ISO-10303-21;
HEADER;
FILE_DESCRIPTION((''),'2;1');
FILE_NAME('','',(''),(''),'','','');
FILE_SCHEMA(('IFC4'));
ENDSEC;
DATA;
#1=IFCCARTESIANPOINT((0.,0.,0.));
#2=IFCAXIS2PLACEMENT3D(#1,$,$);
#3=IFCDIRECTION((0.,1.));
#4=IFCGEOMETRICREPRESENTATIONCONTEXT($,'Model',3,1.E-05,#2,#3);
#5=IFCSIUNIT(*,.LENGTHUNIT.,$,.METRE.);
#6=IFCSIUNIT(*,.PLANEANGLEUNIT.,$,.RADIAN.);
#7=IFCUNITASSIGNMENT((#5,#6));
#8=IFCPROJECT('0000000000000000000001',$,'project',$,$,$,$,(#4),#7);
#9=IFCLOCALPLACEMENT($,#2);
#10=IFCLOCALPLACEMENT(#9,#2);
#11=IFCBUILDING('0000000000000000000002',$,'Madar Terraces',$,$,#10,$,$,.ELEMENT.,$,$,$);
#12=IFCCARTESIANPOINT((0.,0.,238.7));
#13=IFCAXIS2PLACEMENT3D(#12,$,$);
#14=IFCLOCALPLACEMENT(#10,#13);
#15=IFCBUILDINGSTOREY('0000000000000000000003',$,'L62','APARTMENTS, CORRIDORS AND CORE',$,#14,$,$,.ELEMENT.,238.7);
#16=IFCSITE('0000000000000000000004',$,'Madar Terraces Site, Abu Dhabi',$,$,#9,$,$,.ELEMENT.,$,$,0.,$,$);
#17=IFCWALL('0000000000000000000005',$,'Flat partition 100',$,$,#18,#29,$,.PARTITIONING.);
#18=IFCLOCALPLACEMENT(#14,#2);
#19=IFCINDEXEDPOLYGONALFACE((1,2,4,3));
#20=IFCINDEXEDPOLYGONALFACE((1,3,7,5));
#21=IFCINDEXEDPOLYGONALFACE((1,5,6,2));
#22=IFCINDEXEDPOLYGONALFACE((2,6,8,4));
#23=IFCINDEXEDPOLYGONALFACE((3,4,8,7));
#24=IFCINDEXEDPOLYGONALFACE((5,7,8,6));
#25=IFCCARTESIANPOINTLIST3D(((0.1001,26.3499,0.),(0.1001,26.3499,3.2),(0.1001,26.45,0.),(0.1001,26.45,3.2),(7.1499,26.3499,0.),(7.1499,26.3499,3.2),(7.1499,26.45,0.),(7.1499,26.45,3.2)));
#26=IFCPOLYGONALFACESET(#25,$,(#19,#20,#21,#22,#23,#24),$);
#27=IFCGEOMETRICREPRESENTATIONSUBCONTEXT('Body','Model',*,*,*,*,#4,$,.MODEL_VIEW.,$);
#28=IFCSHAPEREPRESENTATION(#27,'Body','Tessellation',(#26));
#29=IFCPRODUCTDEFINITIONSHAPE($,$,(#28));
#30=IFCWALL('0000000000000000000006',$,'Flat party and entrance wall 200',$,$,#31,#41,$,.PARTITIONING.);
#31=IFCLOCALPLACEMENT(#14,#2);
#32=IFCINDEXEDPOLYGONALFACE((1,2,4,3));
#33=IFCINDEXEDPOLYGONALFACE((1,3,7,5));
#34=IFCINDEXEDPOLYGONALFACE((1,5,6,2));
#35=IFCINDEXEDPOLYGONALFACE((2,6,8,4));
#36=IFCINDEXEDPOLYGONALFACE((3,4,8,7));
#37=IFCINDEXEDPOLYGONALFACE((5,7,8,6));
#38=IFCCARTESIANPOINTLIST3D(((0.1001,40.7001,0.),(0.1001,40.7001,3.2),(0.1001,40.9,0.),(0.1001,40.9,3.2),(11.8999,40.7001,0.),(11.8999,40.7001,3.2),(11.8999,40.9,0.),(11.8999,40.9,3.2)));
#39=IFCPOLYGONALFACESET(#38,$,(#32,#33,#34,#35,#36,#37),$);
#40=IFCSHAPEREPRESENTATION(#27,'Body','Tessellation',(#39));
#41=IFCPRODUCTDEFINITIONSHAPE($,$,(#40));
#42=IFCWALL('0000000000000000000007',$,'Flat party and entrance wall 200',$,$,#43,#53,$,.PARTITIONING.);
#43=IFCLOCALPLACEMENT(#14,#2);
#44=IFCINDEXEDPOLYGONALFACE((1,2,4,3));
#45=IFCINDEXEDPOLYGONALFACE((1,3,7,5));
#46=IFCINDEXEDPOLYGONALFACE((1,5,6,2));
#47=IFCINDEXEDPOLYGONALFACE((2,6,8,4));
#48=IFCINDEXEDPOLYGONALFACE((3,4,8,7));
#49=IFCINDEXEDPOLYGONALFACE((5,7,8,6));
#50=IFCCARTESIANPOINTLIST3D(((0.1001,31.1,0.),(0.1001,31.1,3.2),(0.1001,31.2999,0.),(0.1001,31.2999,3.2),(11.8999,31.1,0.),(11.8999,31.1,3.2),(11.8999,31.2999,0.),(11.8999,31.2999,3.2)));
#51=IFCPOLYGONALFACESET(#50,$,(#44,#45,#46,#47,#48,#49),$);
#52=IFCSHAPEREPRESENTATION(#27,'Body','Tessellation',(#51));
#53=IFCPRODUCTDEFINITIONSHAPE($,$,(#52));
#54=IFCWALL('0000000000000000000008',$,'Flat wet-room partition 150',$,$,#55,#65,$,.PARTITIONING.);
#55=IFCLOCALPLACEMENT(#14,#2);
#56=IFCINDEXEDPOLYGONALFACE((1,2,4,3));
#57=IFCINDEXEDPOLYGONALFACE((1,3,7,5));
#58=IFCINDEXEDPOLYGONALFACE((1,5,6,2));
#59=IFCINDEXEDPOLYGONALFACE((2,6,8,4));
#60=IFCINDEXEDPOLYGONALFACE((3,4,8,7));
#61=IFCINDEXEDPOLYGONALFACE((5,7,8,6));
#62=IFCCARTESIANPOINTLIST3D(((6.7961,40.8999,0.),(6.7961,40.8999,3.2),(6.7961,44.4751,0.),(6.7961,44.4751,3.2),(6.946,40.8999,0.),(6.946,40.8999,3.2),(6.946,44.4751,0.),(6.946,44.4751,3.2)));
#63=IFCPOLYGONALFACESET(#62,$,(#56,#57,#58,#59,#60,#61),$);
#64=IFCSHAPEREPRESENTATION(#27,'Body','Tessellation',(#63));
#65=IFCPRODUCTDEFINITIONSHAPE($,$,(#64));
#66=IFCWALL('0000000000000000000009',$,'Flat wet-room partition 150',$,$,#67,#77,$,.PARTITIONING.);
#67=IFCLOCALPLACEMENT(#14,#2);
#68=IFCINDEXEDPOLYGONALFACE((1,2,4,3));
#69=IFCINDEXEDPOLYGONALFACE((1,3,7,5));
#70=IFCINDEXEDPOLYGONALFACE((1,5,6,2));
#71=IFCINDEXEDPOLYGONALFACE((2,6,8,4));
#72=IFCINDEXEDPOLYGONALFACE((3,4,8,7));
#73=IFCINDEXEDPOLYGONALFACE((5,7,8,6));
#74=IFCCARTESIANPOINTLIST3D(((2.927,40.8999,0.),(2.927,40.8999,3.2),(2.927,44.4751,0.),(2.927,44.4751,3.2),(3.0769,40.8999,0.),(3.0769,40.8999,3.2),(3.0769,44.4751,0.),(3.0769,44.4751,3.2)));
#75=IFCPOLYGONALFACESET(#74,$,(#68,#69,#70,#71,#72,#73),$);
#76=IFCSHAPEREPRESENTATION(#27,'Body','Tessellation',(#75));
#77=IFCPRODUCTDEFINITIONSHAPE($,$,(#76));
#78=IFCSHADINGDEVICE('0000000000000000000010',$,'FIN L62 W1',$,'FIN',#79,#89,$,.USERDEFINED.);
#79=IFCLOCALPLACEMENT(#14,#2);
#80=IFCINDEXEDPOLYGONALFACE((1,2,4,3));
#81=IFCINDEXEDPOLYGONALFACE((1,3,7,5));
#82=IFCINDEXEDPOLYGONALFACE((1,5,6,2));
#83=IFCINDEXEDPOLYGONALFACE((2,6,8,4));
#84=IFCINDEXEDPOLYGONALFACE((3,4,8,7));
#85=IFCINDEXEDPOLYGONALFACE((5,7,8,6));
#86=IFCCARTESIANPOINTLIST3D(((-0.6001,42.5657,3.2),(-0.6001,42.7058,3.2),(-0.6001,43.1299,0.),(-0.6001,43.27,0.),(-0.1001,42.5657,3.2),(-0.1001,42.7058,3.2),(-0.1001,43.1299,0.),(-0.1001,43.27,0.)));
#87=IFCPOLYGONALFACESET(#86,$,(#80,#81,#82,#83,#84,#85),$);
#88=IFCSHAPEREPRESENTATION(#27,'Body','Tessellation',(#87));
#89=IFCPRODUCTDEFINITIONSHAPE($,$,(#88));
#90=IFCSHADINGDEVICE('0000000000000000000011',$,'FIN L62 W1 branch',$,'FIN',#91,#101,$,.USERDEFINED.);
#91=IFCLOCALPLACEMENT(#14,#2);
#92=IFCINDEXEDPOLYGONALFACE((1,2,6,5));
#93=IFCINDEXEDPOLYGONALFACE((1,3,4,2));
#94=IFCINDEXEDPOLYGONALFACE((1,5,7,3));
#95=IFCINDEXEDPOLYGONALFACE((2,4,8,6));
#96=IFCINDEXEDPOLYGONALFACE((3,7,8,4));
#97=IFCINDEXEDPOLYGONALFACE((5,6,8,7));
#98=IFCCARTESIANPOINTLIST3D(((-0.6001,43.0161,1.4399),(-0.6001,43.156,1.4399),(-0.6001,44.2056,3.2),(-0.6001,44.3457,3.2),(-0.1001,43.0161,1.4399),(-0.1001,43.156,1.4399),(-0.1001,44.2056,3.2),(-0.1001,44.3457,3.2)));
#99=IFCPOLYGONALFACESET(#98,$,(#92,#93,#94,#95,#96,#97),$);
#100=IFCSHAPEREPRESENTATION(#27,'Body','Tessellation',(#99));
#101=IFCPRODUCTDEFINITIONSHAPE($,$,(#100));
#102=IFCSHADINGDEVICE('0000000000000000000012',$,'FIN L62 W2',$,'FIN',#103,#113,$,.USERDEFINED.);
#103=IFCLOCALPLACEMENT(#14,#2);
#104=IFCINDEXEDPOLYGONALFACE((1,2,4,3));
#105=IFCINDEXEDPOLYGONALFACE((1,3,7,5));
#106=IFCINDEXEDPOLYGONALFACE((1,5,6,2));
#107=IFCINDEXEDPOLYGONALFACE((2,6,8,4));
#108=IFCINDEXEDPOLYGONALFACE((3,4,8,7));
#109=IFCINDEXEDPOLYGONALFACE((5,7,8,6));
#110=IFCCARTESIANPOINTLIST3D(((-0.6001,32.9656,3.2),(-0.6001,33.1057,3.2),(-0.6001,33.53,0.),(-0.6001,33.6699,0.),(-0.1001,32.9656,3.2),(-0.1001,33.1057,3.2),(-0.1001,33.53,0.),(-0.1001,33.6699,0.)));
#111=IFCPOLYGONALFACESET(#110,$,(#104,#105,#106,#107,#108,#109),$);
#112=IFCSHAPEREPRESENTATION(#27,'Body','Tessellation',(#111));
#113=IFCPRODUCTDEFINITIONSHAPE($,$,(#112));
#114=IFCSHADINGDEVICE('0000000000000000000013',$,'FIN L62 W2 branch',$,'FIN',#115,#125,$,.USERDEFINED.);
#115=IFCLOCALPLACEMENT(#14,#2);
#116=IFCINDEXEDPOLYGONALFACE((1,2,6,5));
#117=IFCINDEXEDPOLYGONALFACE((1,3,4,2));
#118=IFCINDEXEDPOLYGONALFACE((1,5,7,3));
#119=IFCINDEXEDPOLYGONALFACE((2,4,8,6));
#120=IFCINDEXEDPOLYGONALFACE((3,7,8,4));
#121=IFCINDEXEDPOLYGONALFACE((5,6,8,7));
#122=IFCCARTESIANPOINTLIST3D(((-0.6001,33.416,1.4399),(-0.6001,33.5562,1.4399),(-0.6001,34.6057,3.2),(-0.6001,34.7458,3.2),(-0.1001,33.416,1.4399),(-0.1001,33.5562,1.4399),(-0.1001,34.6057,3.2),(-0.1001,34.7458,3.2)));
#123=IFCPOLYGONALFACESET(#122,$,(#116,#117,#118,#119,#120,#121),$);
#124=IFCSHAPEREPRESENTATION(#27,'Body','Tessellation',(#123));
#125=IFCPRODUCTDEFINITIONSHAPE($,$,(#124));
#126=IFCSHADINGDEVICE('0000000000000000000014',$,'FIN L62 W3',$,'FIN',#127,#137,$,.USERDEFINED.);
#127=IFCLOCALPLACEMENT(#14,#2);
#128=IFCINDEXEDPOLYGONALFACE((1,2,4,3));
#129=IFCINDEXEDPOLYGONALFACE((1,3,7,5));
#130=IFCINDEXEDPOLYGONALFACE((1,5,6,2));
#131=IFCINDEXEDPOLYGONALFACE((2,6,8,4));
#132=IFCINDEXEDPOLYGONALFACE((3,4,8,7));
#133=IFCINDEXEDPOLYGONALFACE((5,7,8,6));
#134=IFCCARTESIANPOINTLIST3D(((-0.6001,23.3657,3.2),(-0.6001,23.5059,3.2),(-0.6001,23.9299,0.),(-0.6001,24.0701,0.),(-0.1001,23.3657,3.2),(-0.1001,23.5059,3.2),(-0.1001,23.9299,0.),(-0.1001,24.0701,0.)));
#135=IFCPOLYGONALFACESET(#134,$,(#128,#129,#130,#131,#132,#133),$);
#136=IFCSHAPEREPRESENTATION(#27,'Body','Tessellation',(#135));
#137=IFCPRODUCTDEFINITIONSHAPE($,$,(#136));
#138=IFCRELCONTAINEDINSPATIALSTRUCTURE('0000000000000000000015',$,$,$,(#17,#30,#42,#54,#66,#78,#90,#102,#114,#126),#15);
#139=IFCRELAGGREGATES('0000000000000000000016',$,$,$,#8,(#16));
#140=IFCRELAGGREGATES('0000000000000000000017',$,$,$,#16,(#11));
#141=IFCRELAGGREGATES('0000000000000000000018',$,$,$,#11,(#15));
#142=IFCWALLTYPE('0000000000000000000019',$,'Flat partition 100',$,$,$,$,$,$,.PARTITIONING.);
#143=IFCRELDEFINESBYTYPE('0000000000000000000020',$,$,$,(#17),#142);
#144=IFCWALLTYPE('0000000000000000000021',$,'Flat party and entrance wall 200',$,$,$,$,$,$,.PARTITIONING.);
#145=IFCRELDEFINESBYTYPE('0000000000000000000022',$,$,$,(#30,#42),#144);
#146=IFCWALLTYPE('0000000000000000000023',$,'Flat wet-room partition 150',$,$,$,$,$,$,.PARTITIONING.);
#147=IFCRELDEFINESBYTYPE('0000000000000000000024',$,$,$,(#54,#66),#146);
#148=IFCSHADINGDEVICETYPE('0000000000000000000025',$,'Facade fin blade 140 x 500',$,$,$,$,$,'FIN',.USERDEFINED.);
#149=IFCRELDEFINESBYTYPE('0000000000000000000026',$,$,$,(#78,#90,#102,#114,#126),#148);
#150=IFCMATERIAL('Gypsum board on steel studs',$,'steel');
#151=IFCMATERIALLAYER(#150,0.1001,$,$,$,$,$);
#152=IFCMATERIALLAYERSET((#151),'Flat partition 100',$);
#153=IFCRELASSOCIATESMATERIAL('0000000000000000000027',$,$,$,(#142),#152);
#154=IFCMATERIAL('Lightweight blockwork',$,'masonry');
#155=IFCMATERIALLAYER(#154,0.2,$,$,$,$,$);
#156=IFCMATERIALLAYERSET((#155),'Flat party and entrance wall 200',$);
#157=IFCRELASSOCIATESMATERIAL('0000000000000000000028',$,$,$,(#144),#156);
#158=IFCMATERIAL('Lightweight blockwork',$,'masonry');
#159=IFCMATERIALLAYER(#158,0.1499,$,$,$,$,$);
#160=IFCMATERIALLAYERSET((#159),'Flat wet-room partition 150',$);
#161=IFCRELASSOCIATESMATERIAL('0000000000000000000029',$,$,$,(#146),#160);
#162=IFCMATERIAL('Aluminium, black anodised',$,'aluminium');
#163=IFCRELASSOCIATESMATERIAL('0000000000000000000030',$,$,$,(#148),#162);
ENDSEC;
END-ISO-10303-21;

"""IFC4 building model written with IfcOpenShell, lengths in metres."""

from ifc_helpers import new_model, si_unit, direction, frame, frame_2d, origin, place, context, subcontext, project, spatial, polyline, rectangle, outline, extrude, material, layer, layer_set, type_object, element, save


model = new_model("IFC4")

# Units and contexts
model_context = context("Model", 3, precision=1e-05, world=origin(), true_north=direction((0.0, 1.0)))
body_context = subcontext(model_context, "Body", "Model", "MODEL_VIEW")
ifc_project = project(units=[si_unit("LENGTHUNIT", "METRE"), si_unit("PLANEANGLEUNIT", "RADIAN")], contexts=[model_context])

# Site, building, storey
site_placement = place(None, origin())
site = spatial("IfcSite", under=ifc_project, at=site_placement, Name="Madar Terraces Site, Abu Dhabi", CompositionType="ELEMENT", RefElevation=0.0)
building_placement = place(site_placement, origin())
building = spatial("IfcBuilding", under=site, at=building_placement, Name="Madar Terraces", CompositionType="ELEMENT")
storey_placement = place(building_placement, frame((0.0, 0.0, 238.7)))
storey = spatial("IfcBuildingStorey", under=building, at=storey_placement, Name="L62", Description="APARTMENTS, CORRIDORS AND CORE", CompositionType="ELEMENT", Elevation=238.7)

# Shared definitions
ifc_material_1 = material(Name="Gypsum board on steel studs", Category="steel")
ifc_layer_1 = layer(ifc_material_1, 0.1001)
ifc_layer_set_1 = layer_set([ifc_layer_1], Name="Flat partition 100")
wall_type_1 = type_object("IfcWallType", Name="Flat partition 100", PredefinedType="PARTITIONING", material=ifc_layer_set_1)

# Walls
wall_1_placement = place(storey_placement, frame((7.1499, 26.3999, 0.0), z_axis=(0.0, 0.0, 1.0), x_axis=(-1.0, 0.0, 0.0)))
element("IfcWall", 1, at=wall_1_placement, inside=storey, type_object=wall_type_1, Name="Flat partition 100", PredefinedType="PARTITIONING", context=body_context, shape_type="SweptSolid", body=[
    extrude(rectangle(XDim=7.0498, YDim=0.1001, at=frame_2d((3.5249, 0.0))), origin(), (0.0, 0.0, 1.0), 3.2),
])
ifc_material_2 = material(Name="Lightweight blockwork", Category="masonry")
ifc_layer_2 = layer(ifc_material_2, 0.2)
ifc_layer_set_2 = layer_set([ifc_layer_2], Name="Flat party and entrance wall 200")
wall_type_2 = type_object("IfcWallType", Name="Flat party and entrance wall 200", PredefinedType="PARTITIONING", material=ifc_layer_set_2)
for number, where, z_axis, x_axis, name in (
    (2, (0.1001, 40.8, 0.0), (0.0, 0.0, 1.0), (1.0, 0.0, 0.0), "Flat party and entrance wall 200"),
    (3, (0.1001, 31.2, 0.0), (0.0, 0.0, 1.0), (1.0, 0.0, 0.0), "Flat party and entrance wall 200"),
):
    element("IfcWall", number, at=place(storey_placement, frame(where, z_axis=z_axis, x_axis=x_axis)), inside=storey, type_object=wall_type_2, Name=name, PredefinedType="PARTITIONING", context=body_context, shape_type="SweptSolid", body=[
        extrude(rectangle(XDim=11.7998, YDim=0.2, at=frame_2d((5.8999, 0.0))), origin(), (0.0, 0.0, 1.0), 3.2),
    ])
ifc_material_3 = material(Name="Lightweight blockwork", Category="masonry")
ifc_layer_3 = layer(ifc_material_3, 0.1499)
ifc_layer_set_3 = layer_set([ifc_layer_3], Name="Flat wet-room partition 150")
wall_type_3 = type_object("IfcWallType", Name="Flat wet-room partition 150", PredefinedType="PARTITIONING", material=ifc_layer_set_3)
for number, where, z_axis, x_axis, name in (
    (4, (6.8711, 40.8999, 0.0), (0.0, 0.0, 1.0), (0.0, 1.0, 0.0), "Flat wet-room partition 150"),
    (5, (3.002, 40.8999, 0.0), (0.0, 0.0, 1.0), (0.0, 1.0, 0.0), "Flat wet-room partition 150"),
):
    element("IfcWall", number, at=place(storey_placement, frame(where, z_axis=z_axis, x_axis=x_axis)), inside=storey, type_object=wall_type_3, Name=name, PredefinedType="PARTITIONING", context=body_context, shape_type="SweptSolid", body=[
        extrude(rectangle(XDim=3.5752, YDim=0.1499, at=frame_2d((1.7876, 0.0))), origin(), (0.0, 0.0, 1.0), 3.2),
    ])

# Shading devices
ifc_material_4 = material(Name="Aluminium, black anodised", Category="aluminium")
shading_device_type = type_object("IfcShadingDeviceType", Name="Facade fin blade 140 x 500", ElementType="FIN", PredefinedType="USERDEFINED", material=ifc_material_4)
shading_device_1_placement = place(storey_placement, frame((-0.3501, 43.27, 0.0), z_axis=(0.0, 0.0, 1.0), x_axis=(0.0, -1.0, 0.0)))
element("IfcShadingDevice", 6, at=shading_device_1_placement, inside=storey, type_object=shading_device_type, Name="FIN L62 W1", ObjectType="FIN", PredefinedType="USERDEFINED", context=body_context, shape_type="SweptSolid", body=[
    extrude(outline(polyline([(0.0, 0.0), (0.1401, 0.0), (0.7043, 3.2), (0.5642, 3.2), (0.0, 0.0)])), frame((0.0, 0.25, 0.0), z_axis=(0.0, -1.0, 0.0), x_axis=(1.0, 0.0, 0.0)), (0.0, 0.0, 1.0), 0.5),
])
shading_device_2_placement = place(storey_placement, frame((-0.3501, 43.156, 1.4399), z_axis=(0.0, 0.0, 1.0), x_axis=(0.0, -1.0, 0.0)))
element("IfcShadingDevice", 7, at=shading_device_2_placement, inside=storey, type_object=shading_device_type, Name="FIN L62 W1 branch", ObjectType="FIN", PredefinedType="USERDEFINED", context=body_context, shape_type="SweptSolid", body=[
    extrude(outline(polyline([(0.0, 0.0), (0.1399, 0.0), (-1.0496, 1.76), (-1.1897, 1.76), (0.0, 0.0)])), frame((0.0, 0.25, 0.0), z_axis=(0.0, -1.0, 0.0), x_axis=(1.0, 0.0, 0.0)), (0.0, 0.0, 1.0), 0.5),
])
shading_device_3_placement = place(storey_placement, frame((-0.3501, 33.6699, 0.0), z_axis=(0.0, 0.0, 1.0), x_axis=(0.0, -1.0, 0.0)))
element("IfcShadingDevice", 8, at=shading_device_3_placement, inside=storey, type_object=shading_device_type, Name="FIN L62 W2", ObjectType="FIN", PredefinedType="USERDEFINED", context=body_context, shape_type="SweptSolid", body=[
    extrude(outline(polyline([(0.0, 0.0), (0.1399, 0.0), (0.7043, 3.2), (0.5642, 3.2), (0.0, 0.0)])), frame((0.0, 0.25, 0.0), z_axis=(0.0, -1.0, 0.0), x_axis=(1.0, 0.0, 0.0)), (0.0, 0.0, 1.0), 0.5),
])
shading_device_4_placement = place(storey_placement, frame((-0.3501, 33.5562, 1.4399), z_axis=(0.0, 0.0, 1.0), x_axis=(0.0, -1.0, 0.0)))
element("IfcShadingDevice", 9, at=shading_device_4_placement, inside=storey, type_object=shading_device_type, Name="FIN L62 W2 branch", ObjectType="FIN", PredefinedType="USERDEFINED", context=body_context, shape_type="SweptSolid", body=[
    extrude(outline(polyline([(0.0, 0.0), (0.1401, 0.0), (-1.0496, 1.76), (-1.1897, 1.76), (0.0, 0.0)])), frame((0.0, 0.25, 0.0), z_axis=(0.0, -1.0, 0.0), x_axis=(1.0, 0.0, 0.0)), (0.0, 0.0, 1.0), 0.5),
])
shading_device_5_placement = place(storey_placement, frame((-0.3501, 24.0701, 0.0), z_axis=(0.0, 0.0, 1.0), x_axis=(0.0, -1.0, 0.0)))
element("IfcShadingDevice", 10, at=shading_device_5_placement, inside=storey, type_object=shading_device_type, Name="FIN L62 W3", ObjectType="FIN", PredefinedType="USERDEFINED", context=body_context, shape_type="SweptSolid", body=[
    extrude(outline(polyline([(0.0, 0.0), (0.1401, 0.0), (0.7043, 3.2), (0.5642, 3.2), (0.0, 0.0)])), frame((0.0, 0.25, 0.0), z_axis=(0.0, -1.0, 0.0), x_axis=(1.0, 0.0, 0.0)), (0.0, 0.0, 1.0), 0.5),
])

save(model, "model.ifc")
